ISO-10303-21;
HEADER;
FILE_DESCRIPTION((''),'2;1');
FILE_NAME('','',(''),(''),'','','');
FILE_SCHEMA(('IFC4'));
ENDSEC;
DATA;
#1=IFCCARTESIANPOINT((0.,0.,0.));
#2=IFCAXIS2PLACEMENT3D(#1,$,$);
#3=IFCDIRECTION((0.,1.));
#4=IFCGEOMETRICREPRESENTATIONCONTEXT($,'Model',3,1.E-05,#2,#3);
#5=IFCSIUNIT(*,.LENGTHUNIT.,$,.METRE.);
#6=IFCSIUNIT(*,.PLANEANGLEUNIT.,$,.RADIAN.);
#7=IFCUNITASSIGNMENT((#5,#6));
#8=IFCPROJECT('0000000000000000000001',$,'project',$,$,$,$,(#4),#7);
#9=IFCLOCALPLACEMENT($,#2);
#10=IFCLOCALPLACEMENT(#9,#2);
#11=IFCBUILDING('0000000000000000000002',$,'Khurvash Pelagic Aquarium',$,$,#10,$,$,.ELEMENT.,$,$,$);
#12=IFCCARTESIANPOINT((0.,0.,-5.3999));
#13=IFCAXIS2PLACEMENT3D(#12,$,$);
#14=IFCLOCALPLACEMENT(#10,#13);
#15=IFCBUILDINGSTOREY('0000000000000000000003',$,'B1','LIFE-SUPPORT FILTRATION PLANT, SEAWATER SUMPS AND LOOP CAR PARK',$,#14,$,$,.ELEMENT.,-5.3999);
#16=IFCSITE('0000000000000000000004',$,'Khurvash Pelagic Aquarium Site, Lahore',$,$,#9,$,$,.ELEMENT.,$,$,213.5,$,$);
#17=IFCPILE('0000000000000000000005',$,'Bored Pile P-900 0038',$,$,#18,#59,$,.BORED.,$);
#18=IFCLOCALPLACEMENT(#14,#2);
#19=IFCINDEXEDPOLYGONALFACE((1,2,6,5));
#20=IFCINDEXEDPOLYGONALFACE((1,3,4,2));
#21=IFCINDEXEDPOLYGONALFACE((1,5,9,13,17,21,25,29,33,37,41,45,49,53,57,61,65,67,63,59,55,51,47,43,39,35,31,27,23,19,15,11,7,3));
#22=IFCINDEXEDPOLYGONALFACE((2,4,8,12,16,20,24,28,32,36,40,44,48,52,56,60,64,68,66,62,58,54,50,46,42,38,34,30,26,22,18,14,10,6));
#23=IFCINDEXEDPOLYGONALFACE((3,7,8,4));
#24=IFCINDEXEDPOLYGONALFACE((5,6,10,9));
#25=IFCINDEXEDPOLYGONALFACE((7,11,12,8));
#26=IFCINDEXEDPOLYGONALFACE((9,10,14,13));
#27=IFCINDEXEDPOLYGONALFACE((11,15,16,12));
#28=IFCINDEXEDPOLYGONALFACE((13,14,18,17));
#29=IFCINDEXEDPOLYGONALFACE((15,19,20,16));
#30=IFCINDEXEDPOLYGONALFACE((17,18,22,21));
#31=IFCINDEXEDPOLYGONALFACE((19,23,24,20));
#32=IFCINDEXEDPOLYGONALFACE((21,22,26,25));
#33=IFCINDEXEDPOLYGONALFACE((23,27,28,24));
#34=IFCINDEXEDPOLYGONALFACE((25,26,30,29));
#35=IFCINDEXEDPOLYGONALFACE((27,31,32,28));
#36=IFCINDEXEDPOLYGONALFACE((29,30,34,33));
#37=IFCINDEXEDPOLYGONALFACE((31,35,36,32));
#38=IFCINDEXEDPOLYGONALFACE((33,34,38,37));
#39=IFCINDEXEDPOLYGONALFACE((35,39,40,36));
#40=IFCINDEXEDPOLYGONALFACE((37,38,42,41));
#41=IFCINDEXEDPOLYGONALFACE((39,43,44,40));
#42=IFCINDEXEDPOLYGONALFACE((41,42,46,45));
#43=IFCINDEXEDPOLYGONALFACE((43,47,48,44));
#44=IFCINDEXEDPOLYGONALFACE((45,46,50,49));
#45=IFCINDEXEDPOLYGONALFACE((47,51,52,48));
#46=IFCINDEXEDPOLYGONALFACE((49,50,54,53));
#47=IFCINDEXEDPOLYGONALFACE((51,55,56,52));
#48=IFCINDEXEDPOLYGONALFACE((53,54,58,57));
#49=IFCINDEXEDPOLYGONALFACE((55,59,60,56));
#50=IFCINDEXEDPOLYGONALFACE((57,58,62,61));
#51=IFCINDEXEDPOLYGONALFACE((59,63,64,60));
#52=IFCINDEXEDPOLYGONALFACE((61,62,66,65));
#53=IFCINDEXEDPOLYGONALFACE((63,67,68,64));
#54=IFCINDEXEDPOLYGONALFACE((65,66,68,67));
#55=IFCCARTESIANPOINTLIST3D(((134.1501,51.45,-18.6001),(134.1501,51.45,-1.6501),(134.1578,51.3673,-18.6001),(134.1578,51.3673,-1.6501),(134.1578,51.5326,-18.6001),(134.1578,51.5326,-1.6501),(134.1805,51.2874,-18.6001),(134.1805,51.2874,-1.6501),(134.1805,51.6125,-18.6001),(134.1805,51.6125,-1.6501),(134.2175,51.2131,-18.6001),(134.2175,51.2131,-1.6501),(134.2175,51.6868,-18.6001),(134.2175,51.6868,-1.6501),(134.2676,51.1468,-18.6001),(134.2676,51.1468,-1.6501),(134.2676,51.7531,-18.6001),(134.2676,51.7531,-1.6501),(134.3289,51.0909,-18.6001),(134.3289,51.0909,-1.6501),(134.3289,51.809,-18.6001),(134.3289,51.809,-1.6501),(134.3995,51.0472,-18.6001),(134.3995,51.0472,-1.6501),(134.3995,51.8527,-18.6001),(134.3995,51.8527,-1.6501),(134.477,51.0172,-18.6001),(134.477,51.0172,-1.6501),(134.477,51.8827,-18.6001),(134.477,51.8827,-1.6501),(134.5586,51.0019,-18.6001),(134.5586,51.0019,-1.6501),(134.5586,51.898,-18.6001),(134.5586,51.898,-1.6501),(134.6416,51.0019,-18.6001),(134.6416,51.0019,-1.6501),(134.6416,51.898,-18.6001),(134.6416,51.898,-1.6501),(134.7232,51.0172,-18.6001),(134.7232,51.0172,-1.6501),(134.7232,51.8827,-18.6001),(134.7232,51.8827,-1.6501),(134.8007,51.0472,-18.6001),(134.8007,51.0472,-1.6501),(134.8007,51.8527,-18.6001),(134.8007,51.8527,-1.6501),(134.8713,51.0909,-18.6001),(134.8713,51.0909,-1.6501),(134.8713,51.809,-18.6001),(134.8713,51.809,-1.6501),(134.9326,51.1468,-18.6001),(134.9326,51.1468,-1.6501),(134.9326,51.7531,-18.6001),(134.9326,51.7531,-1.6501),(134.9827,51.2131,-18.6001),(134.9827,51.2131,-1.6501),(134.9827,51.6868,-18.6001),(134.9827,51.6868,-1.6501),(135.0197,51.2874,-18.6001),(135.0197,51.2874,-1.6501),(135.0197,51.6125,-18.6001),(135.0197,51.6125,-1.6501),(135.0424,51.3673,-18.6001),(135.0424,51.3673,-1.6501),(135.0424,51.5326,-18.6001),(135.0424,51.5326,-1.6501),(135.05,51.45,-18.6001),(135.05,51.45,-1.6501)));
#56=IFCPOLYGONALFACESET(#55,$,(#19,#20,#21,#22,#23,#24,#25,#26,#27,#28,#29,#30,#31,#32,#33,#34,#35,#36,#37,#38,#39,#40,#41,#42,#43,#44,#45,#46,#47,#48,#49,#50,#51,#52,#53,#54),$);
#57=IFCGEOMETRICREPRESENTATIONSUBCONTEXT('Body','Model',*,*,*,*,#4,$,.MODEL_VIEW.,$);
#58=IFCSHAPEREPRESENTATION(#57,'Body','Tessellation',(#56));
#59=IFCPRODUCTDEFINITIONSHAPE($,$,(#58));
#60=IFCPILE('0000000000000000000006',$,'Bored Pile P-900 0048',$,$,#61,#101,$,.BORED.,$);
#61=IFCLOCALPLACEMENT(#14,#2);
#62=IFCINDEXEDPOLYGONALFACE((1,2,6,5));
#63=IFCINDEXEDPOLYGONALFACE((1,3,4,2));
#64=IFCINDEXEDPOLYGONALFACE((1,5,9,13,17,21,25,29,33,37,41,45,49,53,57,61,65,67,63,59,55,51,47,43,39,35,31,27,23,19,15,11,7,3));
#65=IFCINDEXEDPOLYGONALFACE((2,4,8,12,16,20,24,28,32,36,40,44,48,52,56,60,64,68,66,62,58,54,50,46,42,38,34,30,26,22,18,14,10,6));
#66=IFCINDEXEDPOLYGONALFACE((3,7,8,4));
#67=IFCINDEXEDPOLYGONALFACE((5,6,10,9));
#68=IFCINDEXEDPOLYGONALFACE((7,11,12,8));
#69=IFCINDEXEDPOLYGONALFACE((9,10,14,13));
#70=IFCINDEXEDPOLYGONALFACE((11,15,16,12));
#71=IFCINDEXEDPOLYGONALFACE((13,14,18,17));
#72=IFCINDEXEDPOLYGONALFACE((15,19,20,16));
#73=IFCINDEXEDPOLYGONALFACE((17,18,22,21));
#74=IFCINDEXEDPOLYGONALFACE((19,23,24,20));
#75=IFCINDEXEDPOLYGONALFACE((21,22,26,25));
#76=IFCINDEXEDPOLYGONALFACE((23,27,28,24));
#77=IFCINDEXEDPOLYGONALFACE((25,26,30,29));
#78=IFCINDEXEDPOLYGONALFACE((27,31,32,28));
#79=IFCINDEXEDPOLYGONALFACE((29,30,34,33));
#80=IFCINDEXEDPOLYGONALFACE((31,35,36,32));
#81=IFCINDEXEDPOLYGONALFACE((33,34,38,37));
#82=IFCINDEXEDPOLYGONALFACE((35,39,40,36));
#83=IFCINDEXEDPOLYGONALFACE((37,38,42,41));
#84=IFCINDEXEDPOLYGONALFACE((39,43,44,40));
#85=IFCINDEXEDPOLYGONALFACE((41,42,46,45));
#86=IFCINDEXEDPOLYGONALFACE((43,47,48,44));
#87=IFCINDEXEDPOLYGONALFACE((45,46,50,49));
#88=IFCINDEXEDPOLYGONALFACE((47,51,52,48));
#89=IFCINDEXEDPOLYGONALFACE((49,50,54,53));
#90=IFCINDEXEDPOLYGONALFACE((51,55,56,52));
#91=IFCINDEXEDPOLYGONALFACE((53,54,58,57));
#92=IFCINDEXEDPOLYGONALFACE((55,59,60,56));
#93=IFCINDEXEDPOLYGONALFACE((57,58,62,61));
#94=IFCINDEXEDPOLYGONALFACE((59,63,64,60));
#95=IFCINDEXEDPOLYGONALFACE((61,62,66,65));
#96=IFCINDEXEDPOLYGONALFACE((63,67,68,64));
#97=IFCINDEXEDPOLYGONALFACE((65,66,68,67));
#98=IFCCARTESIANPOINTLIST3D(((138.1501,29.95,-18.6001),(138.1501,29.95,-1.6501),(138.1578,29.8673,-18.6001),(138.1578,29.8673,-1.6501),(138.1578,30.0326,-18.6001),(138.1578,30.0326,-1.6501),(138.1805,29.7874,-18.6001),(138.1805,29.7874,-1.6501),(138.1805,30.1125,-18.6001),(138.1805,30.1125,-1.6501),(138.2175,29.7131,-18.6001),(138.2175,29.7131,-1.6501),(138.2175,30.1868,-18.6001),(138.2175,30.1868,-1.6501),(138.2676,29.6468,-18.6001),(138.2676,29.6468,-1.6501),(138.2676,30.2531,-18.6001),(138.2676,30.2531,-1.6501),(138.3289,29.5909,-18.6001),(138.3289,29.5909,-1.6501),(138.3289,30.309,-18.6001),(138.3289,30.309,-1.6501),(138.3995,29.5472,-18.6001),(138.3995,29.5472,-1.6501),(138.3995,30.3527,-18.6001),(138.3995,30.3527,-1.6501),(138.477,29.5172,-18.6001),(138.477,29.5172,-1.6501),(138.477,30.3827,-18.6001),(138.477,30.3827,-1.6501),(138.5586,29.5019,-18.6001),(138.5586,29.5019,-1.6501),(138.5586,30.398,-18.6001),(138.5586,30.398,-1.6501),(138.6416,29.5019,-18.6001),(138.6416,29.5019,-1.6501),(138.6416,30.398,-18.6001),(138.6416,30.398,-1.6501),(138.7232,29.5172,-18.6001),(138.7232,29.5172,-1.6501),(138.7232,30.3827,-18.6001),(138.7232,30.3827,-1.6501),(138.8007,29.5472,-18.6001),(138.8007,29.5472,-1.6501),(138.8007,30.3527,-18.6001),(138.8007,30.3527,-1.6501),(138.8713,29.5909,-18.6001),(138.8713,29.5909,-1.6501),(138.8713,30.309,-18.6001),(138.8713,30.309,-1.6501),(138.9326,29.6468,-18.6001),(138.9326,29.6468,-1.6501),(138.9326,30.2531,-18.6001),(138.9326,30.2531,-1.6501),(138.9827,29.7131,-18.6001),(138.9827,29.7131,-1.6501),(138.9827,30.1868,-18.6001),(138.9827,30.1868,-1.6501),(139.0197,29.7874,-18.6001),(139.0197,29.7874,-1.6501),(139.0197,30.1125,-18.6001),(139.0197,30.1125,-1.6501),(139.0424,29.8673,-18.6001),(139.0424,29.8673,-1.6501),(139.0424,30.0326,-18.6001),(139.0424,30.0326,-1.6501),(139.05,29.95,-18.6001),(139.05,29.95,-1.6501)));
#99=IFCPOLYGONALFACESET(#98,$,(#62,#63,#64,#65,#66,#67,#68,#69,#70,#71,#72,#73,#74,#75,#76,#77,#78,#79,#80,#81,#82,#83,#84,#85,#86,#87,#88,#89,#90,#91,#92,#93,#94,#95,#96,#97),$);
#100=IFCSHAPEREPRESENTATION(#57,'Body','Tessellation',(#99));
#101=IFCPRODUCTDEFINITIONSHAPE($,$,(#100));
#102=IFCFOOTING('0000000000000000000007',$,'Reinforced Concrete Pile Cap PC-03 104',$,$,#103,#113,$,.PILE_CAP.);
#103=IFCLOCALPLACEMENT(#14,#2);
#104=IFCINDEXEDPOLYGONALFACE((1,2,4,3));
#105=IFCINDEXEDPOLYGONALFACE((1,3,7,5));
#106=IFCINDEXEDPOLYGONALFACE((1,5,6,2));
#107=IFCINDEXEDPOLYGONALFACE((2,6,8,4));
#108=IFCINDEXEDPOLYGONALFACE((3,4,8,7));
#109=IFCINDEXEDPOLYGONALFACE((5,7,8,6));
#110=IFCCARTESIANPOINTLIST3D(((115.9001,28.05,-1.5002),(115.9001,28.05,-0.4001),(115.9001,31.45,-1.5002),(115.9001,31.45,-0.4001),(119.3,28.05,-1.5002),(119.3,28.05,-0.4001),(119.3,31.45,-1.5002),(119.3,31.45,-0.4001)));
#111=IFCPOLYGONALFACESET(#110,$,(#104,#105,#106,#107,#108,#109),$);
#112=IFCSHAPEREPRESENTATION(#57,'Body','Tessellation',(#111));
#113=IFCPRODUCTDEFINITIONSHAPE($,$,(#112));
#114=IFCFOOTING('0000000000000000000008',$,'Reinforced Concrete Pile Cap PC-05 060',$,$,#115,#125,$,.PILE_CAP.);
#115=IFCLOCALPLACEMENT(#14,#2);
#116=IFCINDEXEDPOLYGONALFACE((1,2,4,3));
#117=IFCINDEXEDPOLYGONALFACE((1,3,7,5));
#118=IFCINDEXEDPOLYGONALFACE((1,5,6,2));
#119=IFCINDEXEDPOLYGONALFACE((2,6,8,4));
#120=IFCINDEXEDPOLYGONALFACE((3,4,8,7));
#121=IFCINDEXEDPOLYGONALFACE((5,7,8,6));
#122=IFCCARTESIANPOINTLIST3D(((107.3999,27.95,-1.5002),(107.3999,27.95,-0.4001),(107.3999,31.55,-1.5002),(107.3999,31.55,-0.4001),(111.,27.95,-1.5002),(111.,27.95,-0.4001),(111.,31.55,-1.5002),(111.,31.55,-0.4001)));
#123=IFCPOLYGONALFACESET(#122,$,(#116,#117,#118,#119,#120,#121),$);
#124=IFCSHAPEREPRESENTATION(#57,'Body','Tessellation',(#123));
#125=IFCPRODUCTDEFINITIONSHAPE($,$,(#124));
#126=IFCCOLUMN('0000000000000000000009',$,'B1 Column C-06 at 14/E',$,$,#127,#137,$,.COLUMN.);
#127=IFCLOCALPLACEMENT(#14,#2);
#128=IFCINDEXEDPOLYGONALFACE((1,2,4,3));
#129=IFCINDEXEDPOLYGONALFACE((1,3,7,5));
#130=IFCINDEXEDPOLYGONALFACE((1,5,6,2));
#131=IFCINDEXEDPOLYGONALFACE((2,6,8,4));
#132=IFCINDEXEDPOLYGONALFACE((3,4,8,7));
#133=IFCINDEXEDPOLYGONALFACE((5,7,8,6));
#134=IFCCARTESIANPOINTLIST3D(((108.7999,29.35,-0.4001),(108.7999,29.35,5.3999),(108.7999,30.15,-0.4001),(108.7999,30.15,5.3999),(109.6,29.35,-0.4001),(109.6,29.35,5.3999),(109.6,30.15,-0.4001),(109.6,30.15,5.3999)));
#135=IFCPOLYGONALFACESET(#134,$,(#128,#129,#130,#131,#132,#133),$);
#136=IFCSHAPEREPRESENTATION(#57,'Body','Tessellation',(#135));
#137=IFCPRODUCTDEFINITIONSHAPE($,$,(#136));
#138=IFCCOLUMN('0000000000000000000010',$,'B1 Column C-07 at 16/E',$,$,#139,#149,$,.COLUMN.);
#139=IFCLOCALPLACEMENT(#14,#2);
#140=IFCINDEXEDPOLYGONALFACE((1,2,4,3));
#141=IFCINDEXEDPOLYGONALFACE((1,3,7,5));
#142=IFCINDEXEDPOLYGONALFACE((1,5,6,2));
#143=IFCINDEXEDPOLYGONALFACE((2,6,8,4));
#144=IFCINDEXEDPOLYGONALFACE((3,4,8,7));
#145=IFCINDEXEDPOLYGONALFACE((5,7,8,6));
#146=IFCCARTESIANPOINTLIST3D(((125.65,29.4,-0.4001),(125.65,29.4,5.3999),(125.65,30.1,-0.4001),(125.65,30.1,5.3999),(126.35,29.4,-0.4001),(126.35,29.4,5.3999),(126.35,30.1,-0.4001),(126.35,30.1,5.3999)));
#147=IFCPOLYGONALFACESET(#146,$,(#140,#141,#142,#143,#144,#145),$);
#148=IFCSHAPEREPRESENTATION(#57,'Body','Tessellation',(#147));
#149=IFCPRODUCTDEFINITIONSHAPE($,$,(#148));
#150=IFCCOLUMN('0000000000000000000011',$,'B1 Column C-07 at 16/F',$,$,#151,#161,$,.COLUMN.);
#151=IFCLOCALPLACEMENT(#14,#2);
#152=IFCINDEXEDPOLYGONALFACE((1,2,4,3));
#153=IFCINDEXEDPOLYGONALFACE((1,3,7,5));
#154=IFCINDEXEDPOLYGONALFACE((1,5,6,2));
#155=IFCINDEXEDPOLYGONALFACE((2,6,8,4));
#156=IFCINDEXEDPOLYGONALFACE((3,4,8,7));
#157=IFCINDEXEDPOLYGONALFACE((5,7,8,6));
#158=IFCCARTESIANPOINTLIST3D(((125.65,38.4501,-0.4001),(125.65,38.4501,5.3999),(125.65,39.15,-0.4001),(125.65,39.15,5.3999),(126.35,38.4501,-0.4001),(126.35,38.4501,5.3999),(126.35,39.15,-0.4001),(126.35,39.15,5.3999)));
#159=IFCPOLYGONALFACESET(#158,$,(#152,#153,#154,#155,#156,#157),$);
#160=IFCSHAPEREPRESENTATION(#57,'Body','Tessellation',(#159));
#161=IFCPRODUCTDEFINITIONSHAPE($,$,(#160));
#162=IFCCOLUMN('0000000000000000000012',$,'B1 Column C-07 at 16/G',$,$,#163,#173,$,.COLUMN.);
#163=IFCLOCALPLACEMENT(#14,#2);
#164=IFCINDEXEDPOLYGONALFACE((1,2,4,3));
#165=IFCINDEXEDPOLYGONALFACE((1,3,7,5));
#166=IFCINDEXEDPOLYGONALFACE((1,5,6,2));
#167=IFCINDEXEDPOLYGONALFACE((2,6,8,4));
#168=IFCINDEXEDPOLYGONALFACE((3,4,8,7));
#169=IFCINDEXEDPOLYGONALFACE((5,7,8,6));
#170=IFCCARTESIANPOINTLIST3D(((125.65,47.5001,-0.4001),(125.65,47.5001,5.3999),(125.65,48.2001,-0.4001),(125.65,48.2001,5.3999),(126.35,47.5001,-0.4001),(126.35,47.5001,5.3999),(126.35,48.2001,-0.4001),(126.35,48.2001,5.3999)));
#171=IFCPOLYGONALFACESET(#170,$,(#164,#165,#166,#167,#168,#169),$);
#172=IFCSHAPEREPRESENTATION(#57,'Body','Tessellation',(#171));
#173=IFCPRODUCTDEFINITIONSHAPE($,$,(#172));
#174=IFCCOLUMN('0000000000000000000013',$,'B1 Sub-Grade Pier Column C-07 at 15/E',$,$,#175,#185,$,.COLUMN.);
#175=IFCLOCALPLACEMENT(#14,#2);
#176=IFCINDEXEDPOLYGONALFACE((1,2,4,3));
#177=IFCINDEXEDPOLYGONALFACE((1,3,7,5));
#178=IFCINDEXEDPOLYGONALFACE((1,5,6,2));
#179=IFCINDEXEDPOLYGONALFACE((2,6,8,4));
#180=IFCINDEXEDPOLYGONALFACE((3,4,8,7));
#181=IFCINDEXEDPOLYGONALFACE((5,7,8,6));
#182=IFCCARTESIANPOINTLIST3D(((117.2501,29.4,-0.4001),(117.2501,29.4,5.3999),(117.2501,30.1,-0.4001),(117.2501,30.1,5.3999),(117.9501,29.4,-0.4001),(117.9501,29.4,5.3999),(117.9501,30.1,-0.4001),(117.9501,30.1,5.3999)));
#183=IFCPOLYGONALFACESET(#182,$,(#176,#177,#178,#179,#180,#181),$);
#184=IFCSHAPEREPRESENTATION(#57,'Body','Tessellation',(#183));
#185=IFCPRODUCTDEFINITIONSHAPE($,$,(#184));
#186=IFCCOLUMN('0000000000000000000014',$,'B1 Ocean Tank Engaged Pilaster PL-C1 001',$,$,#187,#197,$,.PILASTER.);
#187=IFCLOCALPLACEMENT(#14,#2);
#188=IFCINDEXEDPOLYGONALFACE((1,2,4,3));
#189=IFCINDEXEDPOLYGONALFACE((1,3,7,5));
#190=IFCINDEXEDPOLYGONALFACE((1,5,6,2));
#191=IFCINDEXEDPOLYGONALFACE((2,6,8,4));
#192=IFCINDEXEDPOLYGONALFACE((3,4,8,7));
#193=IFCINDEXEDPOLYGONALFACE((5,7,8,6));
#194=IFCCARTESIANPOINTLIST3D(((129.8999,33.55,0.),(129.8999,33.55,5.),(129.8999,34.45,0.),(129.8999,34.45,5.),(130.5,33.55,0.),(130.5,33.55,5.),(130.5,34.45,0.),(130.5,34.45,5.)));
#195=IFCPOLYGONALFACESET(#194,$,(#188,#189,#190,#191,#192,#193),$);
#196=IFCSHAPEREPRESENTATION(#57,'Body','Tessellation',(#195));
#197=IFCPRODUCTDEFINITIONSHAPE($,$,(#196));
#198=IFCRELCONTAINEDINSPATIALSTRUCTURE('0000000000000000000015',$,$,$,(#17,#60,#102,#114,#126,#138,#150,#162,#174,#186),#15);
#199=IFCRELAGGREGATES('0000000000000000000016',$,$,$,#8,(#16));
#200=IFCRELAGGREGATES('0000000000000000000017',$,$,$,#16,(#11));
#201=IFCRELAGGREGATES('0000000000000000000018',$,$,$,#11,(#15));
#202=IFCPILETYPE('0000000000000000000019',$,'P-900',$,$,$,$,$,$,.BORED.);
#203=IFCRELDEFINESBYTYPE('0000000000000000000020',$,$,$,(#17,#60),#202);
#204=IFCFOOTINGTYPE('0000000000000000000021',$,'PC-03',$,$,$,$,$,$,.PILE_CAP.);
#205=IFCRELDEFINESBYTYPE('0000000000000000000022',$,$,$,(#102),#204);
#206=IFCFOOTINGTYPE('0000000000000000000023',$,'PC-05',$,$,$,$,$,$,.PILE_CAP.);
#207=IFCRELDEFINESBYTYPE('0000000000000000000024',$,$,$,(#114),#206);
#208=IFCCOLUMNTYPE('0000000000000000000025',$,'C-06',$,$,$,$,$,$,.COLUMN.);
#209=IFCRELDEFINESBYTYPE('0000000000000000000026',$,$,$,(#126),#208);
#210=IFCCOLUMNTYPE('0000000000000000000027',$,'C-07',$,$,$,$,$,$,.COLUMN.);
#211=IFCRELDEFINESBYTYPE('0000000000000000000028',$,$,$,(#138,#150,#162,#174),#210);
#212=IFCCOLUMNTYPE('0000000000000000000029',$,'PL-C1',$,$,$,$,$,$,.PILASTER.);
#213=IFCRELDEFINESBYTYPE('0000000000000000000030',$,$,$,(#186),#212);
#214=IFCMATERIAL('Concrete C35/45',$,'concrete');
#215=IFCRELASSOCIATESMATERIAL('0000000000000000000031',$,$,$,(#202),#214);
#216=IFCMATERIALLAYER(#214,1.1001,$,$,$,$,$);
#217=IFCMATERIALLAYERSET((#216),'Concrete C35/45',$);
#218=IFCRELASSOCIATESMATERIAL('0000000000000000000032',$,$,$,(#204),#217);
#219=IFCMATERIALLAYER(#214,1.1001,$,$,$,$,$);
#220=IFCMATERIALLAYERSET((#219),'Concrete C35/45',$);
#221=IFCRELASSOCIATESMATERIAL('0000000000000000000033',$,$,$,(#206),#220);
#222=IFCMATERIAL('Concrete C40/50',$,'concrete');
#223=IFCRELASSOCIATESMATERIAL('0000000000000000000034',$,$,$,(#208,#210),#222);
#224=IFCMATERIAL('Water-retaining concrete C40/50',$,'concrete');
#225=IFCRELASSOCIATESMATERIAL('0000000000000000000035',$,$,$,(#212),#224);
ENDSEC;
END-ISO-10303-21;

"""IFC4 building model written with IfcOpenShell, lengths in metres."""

from ifc_helpers import new_model, si_unit, direction, frame, origin, origin_2d, place, context, subcontext, project, spatial, rectangle, circle, extrude, material, layer, layer_set, material_profile, profile_set, type_object, element, save


model = new_model("IFC4")

# Units and contexts
model_context = context("Model", 3, precision=1e-05, world=origin(), true_north=direction((0.0, 1.0)))
body_context = subcontext(model_context, "Body", "Model", "MODEL_VIEW")
ifc_project = project(units=[si_unit("LENGTHUNIT", "METRE"), si_unit("PLANEANGLEUNIT", "RADIAN")], contexts=[model_context])

# Site, building, storey
site_placement = place(None, origin())
site = spatial("IfcSite", under=ifc_project, at=site_placement, Name="Khurvash Pelagic Aquarium Site, Lahore", CompositionType="ELEMENT", RefElevation=213.5)
building_placement = place(site_placement, origin())
building = spatial("IfcBuilding", under=site, at=building_placement, Name="Khurvash Pelagic Aquarium", CompositionType="ELEMENT")
storey_placement = place(building_placement, frame((0.0, 0.0, -5.3999)))
storey = spatial("IfcBuildingStorey", under=building, at=storey_placement, Name="B1", Description="LIFE-SUPPORT FILTRATION PLANT, SEAWATER SUMPS AND LOOP CAR PARK", CompositionType="ELEMENT", Elevation=-5.3999)

# Piles
ifc_material_1 = material(Name="Concrete C35/45", Category="concrete")
ifc_material_profile_1 = material_profile(ifc_material_1, circle(Radius=0.45, at=origin_2d()), Name="PILE900")
ifc_profile_set_1 = profile_set([ifc_material_profile_1], Name="Concrete C35/45")
pile_type_1 = type_object("IfcPileType", Name="P-900", PredefinedType="BORED", material=ifc_profile_set_1)
for number, where, z_axis, x_axis, name in (
    (1, (134.6001, 51.45, -1.6501), (0.0, 0.0, -1.0), (1.0, 0.0, 0.0), "Bored Pile P-900 0038"),
    (2, (138.6001, 29.95, -1.6501), (0.0, 0.0, -1.0), (1.0, 0.0, 0.0), "Bored Pile P-900 0048"),
):
    element("IfcPile", number, at=place(storey_placement, frame(where, z_axis=z_axis, x_axis=x_axis)), inside=storey, type_object=pile_type_1, Name=name, PredefinedType="BORED", context=body_context, shape_type="SweptSolid", body=[
        extrude(circle(Radius=0.45, at=origin_2d()), origin(), (0.0, 0.0, 1.0), 16.95),
    ])

# Footings
ifc_layer_1 = layer(ifc_material_1, 1.1001)
ifc_layer_set_1 = layer_set([ifc_layer_1], Name="Concrete C35/45")
footing_type_1 = type_object("IfcFootingType", Name="PC-03", PredefinedType="PILE_CAP", material=ifc_layer_set_1)
footing_1_placement = place(storey_placement, frame((117.6001, 29.75, -1.5002), z_axis=(0.0, 0.0, 1.0), x_axis=(1.0, 0.0, 0.0)))
element("IfcFooting", 3, at=footing_1_placement, inside=storey, type_object=footing_type_1, Name="Reinforced Concrete Pile Cap PC-03 104", PredefinedType="PILE_CAP", context=body_context, shape_type="SweptSolid", body=[
    extrude(rectangle(XDim=3.3999, YDim=3.3999, at=origin_2d()), origin(), (0.0, 0.0, 1.0), 1.1001),
])
ifc_layer_2 = layer(ifc_material_1, 1.1001)
ifc_layer_set_2 = layer_set([ifc_layer_2], Name="Concrete C35/45")
footing_type_2 = type_object("IfcFootingType", Name="PC-05", PredefinedType="PILE_CAP", material=ifc_layer_set_2)
footing_2_placement = place(storey_placement, frame((109.2, 29.75, -1.5002), z_axis=(0.0, 0.0, 1.0), x_axis=(1.0, 0.0, 0.0)))
element("IfcFooting", 4, at=footing_2_placement, inside=storey, type_object=footing_type_2, Name="Reinforced Concrete Pile Cap PC-05 060", PredefinedType="PILE_CAP", context=body_context, shape_type="SweptSolid", body=[
    extrude(rectangle(XDim=3.6001, YDim=3.6001, at=origin_2d()), origin(), (0.0, 0.0, 1.0), 1.1001),
])

# Columns
ifc_material_2 = material(Name="Concrete C40/50", Category="concrete")
ifc_material_profile_2 = material_profile(ifc_material_2, rectangle(XDim=0.8, YDim=0.8, at=origin_2d()), Name="RC800X800")
ifc_profile_set_2 = profile_set([ifc_material_profile_2], Name="Concrete C40/50")
column_type_1 = type_object("IfcColumnType", Name="C-06", PredefinedType="COLUMN", material=ifc_profile_set_2)
column_1_placement = place(storey_placement, frame((109.2, 29.75, -0.4001), z_axis=(0.0, 0.0, 1.0), x_axis=(1.0, 0.0, 0.0)))
element("IfcColumn", 5, at=column_1_placement, inside=storey, type_object=column_type_1, Name="B1 Column C-06 at 14/E", PredefinedType="COLUMN", context=body_context, shape_type="SweptSolid", body=[
    extrude(rectangle(XDim=0.8, YDim=0.8, at=origin_2d()), origin(), (0.0, 0.0, 1.0), 5.8),
])
ifc_material_profile_3 = material_profile(ifc_material_2, rectangle(XDim=0.7, YDim=0.7, at=origin_2d()), Name="RC700X700")
ifc_profile_set_3 = profile_set([ifc_material_profile_3], Name="Concrete C40/50")
column_type_2 = type_object("IfcColumnType", Name="C-07", PredefinedType="COLUMN", material=ifc_profile_set_3)
for number, where, z_axis, x_axis, name in (
    (6, (126.0, 29.75, -0.4001), (0.0, 0.0, 1.0), (1.0, 0.0, 0.0), "B1 Column C-07 at 16/E"),
    (7, (126.0, 38.8, -0.4001), (0.0, 0.0, 1.0), (1.0, 0.0, 0.0), "B1 Column C-07 at 16/F"),
    (8, (126.0, 47.8501, -0.4001), (0.0, 0.0, 1.0), (1.0, 0.0, 0.0), "B1 Column C-07 at 16/G"),
    (9, (117.6001, 29.75, -0.4001), (0.0, 0.0, 1.0), (1.0, 0.0, 0.0), "B1 Sub-Grade Pier Column C-07 at 15/E"),
):
    element("IfcColumn", number, at=place(storey_placement, frame(where, z_axis=z_axis, x_axis=x_axis)), inside=storey, type_object=column_type_2, Name=name, PredefinedType="COLUMN", context=body_context, shape_type="SweptSolid", body=[
        extrude(rectangle(XDim=0.7, YDim=0.7, at=origin_2d()), origin(), (0.0, 0.0, 1.0), 5.8),
    ])
ifc_material_3 = material(Name="Water-retaining concrete C40/50", Category="concrete")
ifc_material_profile_4 = material_profile(ifc_material_3, rectangle(XDim=0.6001, YDim=0.8999, at=origin_2d()), Name="RC600X900")
ifc_profile_set_4 = profile_set([ifc_material_profile_4], Name="Water-retaining concrete C40/50")
column_type_3 = type_object("IfcColumnType", Name="PL-C1", PredefinedType="PILASTER", material=ifc_profile_set_4)
column_2_placement = place(storey_placement, frame((130.2, 34.0, 0.0), z_axis=(0.0, 0.0, 1.0), x_axis=(1.0, 0.0, 0.0)))
element("IfcColumn", 10, at=column_2_placement, inside=storey, type_object=column_type_3, Name="B1 Ocean Tank Engaged Pilaster PL-C1 001", PredefinedType="PILASTER", context=body_context, shape_type="SweptSolid", body=[
    extrude(rectangle(XDim=0.6001, YDim=0.8999, at=origin_2d()), origin(), (0.0, 0.0, 1.0), 5.0),
])

save(model, "model.ifc")
